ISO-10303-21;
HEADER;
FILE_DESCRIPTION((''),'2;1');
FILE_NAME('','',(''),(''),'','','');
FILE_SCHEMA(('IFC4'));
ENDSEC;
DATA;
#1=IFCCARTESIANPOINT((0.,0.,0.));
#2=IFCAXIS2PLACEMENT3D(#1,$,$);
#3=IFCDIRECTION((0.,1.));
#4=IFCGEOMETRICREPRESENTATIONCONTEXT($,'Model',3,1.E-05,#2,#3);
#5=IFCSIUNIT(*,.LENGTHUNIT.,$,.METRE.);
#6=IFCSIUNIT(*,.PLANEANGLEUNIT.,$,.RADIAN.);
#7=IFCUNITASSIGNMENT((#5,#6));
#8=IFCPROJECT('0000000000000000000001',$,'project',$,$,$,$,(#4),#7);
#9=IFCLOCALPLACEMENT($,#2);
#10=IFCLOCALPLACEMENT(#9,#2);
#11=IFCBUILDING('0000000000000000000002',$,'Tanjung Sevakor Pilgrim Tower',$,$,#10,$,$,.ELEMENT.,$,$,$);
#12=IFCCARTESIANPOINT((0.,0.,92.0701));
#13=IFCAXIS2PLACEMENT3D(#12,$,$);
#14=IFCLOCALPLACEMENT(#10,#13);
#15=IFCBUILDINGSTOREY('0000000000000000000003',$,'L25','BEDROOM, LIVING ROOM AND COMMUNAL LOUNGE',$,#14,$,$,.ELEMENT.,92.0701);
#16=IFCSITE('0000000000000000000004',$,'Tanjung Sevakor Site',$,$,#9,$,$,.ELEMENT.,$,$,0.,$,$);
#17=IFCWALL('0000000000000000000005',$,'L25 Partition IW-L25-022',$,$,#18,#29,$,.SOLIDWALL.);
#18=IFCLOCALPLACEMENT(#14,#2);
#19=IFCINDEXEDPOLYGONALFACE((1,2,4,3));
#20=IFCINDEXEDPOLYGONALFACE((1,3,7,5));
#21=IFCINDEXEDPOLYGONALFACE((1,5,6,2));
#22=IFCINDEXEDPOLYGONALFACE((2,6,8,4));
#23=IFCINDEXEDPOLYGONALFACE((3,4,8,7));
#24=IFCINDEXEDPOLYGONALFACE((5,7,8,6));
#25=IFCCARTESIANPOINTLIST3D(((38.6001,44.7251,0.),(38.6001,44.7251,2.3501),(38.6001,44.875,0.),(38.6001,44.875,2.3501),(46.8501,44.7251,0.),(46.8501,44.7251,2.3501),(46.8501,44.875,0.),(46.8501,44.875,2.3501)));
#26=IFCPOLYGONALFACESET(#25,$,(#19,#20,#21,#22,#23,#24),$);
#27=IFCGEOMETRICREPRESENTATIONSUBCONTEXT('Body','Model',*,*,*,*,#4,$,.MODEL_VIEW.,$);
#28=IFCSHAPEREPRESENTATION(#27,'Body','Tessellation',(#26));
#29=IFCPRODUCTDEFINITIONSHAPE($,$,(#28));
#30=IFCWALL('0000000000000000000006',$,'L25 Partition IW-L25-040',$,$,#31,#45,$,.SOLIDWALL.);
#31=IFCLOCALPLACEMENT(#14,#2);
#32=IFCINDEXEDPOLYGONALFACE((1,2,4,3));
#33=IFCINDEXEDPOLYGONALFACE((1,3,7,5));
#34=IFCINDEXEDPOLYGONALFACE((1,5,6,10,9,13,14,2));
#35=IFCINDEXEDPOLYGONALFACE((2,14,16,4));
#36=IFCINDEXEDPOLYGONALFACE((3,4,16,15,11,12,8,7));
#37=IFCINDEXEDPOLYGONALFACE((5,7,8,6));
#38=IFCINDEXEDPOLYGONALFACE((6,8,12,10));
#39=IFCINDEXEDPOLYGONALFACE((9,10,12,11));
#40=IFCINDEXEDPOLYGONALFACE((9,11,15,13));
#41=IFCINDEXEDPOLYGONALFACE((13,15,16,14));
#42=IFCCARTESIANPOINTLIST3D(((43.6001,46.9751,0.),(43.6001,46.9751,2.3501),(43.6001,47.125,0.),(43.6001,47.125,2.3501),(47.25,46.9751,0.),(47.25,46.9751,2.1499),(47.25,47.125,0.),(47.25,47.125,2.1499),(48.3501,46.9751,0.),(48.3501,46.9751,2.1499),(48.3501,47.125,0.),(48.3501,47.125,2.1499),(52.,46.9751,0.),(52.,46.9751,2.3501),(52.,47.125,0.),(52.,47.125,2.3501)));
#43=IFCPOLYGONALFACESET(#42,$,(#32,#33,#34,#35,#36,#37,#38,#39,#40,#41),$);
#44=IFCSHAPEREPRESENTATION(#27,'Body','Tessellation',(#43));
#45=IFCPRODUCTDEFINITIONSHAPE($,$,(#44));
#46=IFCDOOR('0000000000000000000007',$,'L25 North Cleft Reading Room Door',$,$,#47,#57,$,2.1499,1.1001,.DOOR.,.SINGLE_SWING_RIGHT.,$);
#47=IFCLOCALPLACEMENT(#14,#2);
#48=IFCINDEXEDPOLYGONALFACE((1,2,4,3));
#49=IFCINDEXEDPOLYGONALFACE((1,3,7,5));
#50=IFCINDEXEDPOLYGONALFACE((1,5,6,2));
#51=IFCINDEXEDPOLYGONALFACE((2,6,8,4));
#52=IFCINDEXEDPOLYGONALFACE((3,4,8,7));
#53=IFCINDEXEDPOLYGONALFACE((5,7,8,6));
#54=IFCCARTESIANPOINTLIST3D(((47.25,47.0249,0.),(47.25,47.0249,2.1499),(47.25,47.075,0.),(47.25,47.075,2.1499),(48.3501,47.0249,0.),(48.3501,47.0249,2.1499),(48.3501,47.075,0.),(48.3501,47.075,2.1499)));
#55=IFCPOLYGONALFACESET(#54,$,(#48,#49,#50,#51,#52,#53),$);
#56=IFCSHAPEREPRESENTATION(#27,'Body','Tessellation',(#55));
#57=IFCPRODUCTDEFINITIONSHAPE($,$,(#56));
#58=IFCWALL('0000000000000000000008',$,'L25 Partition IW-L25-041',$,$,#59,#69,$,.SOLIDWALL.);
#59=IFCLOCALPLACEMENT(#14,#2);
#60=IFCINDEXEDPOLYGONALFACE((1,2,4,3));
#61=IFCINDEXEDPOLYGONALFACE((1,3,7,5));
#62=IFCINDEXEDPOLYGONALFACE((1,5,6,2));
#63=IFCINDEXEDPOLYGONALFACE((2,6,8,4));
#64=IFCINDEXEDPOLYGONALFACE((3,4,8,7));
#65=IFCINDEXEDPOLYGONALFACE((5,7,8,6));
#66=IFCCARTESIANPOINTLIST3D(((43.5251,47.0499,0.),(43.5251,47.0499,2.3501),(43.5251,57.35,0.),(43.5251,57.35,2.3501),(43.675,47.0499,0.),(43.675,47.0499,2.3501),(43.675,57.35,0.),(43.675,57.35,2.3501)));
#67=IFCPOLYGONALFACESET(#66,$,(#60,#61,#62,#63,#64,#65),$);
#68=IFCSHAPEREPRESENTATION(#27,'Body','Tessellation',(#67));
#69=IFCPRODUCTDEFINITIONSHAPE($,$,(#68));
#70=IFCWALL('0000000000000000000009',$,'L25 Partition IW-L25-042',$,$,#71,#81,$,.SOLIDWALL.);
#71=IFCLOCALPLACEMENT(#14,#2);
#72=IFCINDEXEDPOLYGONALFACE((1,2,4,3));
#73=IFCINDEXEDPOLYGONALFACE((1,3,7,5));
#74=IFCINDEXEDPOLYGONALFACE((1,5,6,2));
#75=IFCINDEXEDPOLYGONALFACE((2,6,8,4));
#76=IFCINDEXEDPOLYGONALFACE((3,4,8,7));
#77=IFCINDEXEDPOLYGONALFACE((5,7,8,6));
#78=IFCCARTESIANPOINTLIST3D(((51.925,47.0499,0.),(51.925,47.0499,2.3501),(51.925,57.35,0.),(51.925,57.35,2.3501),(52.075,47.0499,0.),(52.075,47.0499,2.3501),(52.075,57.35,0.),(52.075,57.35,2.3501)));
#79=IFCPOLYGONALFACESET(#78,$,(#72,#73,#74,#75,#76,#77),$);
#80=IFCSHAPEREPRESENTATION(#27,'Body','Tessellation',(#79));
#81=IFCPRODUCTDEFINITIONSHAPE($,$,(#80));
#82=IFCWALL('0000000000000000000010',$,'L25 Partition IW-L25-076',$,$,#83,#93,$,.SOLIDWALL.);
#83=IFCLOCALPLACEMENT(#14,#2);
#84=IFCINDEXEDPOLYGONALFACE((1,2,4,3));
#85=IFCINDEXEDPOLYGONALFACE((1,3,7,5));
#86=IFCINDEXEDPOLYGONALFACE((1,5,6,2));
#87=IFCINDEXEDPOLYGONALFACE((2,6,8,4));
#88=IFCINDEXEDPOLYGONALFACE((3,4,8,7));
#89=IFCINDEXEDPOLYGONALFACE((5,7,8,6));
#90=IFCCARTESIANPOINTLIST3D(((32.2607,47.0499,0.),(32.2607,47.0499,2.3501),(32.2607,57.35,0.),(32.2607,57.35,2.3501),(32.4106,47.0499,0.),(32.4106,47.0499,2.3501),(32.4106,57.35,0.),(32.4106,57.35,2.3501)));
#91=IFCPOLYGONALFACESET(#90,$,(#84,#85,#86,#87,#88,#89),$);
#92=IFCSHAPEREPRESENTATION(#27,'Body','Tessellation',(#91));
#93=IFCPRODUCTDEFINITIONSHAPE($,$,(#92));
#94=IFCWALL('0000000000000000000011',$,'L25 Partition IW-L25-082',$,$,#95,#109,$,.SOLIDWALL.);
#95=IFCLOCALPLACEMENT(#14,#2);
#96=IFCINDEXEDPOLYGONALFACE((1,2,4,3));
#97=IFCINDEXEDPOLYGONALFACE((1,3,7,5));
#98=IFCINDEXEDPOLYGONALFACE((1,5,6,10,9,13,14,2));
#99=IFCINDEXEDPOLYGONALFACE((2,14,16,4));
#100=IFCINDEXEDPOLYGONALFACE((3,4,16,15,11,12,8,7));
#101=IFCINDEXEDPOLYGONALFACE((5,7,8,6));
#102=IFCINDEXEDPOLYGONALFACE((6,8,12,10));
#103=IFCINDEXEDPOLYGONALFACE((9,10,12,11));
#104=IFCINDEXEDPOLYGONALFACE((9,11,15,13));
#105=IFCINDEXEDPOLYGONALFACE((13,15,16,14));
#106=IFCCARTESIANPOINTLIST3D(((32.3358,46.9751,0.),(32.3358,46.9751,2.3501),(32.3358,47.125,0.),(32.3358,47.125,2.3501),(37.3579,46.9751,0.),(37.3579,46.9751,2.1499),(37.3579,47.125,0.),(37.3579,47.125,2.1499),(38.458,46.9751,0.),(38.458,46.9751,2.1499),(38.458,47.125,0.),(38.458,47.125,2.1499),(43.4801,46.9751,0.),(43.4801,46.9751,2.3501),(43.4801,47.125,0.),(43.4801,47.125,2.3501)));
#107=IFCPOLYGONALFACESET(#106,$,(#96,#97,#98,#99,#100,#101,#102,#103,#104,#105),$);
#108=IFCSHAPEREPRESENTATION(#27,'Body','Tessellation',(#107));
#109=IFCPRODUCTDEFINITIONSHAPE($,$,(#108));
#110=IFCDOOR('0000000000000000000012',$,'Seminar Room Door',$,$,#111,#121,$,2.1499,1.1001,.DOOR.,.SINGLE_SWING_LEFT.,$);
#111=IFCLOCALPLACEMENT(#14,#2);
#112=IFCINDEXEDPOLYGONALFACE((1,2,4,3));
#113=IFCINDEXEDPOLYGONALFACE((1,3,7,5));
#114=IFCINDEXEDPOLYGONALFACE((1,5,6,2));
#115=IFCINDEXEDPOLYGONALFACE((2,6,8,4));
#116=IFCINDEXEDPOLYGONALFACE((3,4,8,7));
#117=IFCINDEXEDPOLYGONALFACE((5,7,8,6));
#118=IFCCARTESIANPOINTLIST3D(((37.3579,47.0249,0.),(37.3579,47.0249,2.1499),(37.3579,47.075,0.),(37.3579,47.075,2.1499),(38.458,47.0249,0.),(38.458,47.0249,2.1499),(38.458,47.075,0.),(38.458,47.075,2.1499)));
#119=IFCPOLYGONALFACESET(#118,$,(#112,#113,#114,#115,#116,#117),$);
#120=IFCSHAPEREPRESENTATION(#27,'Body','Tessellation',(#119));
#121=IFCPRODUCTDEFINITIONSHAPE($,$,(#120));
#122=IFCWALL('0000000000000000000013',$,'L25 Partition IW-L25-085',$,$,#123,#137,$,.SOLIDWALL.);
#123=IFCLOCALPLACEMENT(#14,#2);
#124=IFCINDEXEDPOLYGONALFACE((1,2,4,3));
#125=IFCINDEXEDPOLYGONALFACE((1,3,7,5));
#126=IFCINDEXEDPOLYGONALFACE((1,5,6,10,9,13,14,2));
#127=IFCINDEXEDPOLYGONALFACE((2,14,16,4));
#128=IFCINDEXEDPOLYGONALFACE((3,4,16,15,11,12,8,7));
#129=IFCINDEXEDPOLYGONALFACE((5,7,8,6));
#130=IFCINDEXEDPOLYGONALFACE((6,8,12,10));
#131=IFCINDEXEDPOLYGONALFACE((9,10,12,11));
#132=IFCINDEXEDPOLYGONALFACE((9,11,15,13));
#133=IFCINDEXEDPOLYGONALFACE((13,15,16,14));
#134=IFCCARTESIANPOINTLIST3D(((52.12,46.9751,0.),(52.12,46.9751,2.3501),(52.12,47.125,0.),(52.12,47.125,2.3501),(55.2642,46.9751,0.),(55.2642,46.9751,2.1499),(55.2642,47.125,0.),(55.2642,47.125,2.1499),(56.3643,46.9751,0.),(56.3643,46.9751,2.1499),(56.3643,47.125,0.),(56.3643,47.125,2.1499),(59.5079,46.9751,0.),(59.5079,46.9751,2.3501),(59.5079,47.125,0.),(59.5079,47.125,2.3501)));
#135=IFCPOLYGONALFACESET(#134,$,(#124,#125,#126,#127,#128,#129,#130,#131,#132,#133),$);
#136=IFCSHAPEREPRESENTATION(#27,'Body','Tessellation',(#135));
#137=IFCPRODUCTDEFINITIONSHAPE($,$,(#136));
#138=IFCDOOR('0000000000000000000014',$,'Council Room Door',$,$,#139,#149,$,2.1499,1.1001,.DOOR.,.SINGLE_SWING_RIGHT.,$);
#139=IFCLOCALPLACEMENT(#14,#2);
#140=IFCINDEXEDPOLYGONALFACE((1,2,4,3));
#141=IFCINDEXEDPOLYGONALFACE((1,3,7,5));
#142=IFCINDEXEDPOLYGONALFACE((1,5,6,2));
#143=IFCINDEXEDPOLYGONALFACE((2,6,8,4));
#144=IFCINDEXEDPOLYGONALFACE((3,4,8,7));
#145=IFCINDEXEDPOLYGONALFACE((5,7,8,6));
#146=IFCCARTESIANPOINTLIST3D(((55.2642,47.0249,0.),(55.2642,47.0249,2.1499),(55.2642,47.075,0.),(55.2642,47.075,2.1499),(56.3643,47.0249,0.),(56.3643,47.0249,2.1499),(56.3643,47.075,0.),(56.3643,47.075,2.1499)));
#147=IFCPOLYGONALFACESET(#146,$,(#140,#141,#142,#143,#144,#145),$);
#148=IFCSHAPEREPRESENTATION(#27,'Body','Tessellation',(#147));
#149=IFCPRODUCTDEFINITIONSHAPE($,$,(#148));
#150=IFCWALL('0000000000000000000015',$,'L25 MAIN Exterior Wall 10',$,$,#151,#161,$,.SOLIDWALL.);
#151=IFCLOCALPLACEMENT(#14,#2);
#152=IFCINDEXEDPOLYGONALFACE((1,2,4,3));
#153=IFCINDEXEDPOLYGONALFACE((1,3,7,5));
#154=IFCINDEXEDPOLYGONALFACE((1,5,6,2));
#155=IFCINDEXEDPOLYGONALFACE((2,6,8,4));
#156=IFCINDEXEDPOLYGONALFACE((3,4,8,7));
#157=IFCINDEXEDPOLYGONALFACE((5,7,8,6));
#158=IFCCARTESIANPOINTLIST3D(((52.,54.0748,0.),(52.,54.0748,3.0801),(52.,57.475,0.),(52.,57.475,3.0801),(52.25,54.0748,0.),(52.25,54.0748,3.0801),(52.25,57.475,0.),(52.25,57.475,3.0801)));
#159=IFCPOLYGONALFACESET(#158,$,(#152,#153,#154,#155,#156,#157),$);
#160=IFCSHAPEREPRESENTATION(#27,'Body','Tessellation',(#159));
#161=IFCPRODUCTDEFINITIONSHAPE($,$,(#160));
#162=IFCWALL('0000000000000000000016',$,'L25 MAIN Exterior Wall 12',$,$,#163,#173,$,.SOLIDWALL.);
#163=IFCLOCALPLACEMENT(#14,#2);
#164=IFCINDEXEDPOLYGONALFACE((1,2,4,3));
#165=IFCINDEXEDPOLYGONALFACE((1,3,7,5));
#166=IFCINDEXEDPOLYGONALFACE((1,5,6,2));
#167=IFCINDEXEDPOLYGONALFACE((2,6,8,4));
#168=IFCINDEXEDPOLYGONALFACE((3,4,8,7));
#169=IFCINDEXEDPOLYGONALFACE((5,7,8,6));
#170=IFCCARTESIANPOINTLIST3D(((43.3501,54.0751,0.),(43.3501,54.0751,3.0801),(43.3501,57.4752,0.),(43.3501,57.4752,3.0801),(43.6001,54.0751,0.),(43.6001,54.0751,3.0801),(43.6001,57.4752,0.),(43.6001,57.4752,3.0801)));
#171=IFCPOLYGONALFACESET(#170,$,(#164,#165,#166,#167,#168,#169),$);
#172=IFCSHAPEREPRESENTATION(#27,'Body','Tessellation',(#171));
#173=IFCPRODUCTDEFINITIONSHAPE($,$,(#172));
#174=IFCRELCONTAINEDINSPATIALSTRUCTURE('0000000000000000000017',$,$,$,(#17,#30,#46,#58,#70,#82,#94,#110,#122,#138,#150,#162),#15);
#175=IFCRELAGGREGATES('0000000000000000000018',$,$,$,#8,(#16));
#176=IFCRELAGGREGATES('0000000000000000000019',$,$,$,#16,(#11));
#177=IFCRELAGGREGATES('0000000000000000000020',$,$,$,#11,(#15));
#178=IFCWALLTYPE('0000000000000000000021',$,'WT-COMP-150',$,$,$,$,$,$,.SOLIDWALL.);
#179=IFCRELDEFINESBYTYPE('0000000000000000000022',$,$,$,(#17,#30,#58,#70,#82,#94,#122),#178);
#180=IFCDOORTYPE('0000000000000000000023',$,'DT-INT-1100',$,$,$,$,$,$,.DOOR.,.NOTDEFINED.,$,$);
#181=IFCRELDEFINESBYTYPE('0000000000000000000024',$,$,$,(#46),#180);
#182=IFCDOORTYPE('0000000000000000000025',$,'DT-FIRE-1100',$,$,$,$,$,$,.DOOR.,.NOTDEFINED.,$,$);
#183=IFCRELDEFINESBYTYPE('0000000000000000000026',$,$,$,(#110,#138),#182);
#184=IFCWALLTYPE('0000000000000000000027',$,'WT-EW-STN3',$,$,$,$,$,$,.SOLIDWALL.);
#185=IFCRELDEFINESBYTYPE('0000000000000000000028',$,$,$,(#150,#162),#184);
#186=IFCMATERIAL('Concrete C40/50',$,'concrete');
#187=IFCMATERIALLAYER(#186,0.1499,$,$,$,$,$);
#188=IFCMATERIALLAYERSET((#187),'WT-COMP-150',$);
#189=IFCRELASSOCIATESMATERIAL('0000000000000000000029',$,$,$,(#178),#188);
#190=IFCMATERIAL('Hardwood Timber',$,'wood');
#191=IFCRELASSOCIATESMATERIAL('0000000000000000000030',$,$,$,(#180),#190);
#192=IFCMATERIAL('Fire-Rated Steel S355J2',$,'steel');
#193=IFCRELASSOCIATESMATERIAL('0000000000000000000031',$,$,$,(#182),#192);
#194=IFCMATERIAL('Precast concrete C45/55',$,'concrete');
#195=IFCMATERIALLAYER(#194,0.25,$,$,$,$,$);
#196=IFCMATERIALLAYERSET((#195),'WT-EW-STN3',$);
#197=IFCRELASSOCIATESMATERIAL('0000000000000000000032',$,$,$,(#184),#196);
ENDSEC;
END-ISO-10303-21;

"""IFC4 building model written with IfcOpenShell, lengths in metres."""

from ifc_helpers import new_model, si_unit, direction, frame, frame_2d, origin, place, context, subcontext, project, spatial, rectangle, extrude, material, layer, layer_set, type_object, element, fill, save


model = new_model("IFC4")

# Units and contexts
model_context = context("Model", 3, precision=1e-05, world=origin(), true_north=direction((0.0, 1.0)))
body_context = subcontext(model_context, "Body", "Model", "MODEL_VIEW")
ifc_project = project(units=[si_unit("LENGTHUNIT", "METRE"), si_unit("PLANEANGLEUNIT", "RADIAN")], contexts=[model_context])

# Site, building, storey
site_placement = place(None, origin())
site = spatial("IfcSite", under=ifc_project, at=site_placement, Name="Tanjung Sevakor Site", CompositionType="ELEMENT", RefElevation=0.0)
building_placement = place(site_placement, origin())
building = spatial("IfcBuilding", under=site, at=building_placement, Name="Tanjung Sevakor Pilgrim Tower", CompositionType="ELEMENT")
storey_placement = place(building_placement, frame((0.0, 0.0, 92.0701)))
storey = spatial("IfcBuildingStorey", under=building, at=storey_placement, Name="L25", Description="BEDROOM, LIVING ROOM AND COMMUNAL LOUNGE", CompositionType="ELEMENT", Elevation=92.0701)

# Wall
ifc_material_1 = material(Name="Concrete C40/50", Category="concrete")
ifc_layer_1 = layer(ifc_material_1, 0.1499)
ifc_layer_set_1 = layer_set([ifc_layer_1], Name="WT-COMP-150")
wall_type_1 = type_object("IfcWallType", Name="WT-COMP-150", PredefinedType="SOLIDWALL", material=ifc_layer_set_1)
wall_1_placement = place(storey_placement, frame((38.6001, 44.8, 0.0), z_axis=(0.0, 0.0, 1.0), x_axis=(1.0, 0.0, 0.0)))
element("IfcWall", 1, at=wall_1_placement, inside=storey, type_object=wall_type_1, Name="L25 Partition IW-L25-022", PredefinedType="SOLIDWALL", context=body_context, shape_type="SweptSolid", body=[
    extrude(rectangle(XDim=8.25, YDim=0.1499, at=frame_2d((4.125, 0.0))), origin(), (0.0, 0.0, 1.0), 2.3501),
])

# Wall, opening, door
wall_2_placement = place(storey_placement, frame((43.6001, 47.05, 0.0), z_axis=(0.0, 0.0, 1.0), x_axis=(1.0, 0.0, 0.0)))
wall_2 = element("IfcWall", 2, at=wall_2_placement, inside=storey, type_object=wall_type_1, Name="L25 Partition IW-L25-040", PredefinedType="SOLIDWALL", context=body_context, shape_type="SweptSolid", body=[
    extrude(rectangle(XDim=8.3999, YDim=0.1499, at=frame_2d((4.2, 0.0))), origin(), (0.0, 0.0, 1.0), 2.3501),
])
opening_1_placement = place(wall_2_placement, frame((3.6499, 0.0, 0.0)))
opening_1 = element("IfcOpeningElement", 3, at=opening_1_placement, cuts=wall_2, PredefinedType="OPENING", context=body_context, shape_type="SweptSolid", body=[
    extrude(rectangle(XDim=1.1001, YDim=2.1499, at=frame_2d((0.55, 1.075))), frame((0.0, 0.085, 0.0), z_axis=(0.0, -1.0, 0.0), x_axis=(1.0, 0.0, 0.0)), (0.0, 0.0, 1.0), 0.1699),
])
ifc_material_2 = material(Name="Hardwood Timber", Category="wood")
door_type_1 = type_object("IfcDoorType", Name="DT-INT-1100", OperationType="NOTDEFINED", PredefinedType="DOOR", material=ifc_material_2)
door_1_placement = place(opening_1_placement, origin())
door_1 = element("IfcDoor", 4, at=door_1_placement, inside=storey, type_object=door_type_1, Name="L25 North Cleft Reading Room Door", OperationType="SINGLE_SWING_RIGHT", OverallHeight=2.1499, OverallWidth=1.1001, PredefinedType="DOOR", context=body_context, shape_type="SweptSolid", body=[
    extrude(rectangle(XDim=1.1001, YDim=2.1499, at=frame_2d((0.55, 1.075))), frame((0.0, 0.0249, 0.0), z_axis=(0.0, -1.0, 0.0), x_axis=(1.0, 0.0, 0.0)), (0.0, 0.0, 1.0), 0.05),
])
fill(opening_1, door_1)

# Walls
for number, where, z_axis, x_axis, name in (
    (5, (43.6001, 47.05, 0.0), (0.0, 0.0, 1.0), (0.0, 1.0, 0.0), "L25 Partition IW-L25-041"),
    (6, (52.0, 47.05, 0.0), (0.0, 0.0, 1.0), (0.0, 1.0, 0.0), "L25 Partition IW-L25-042"),
    (7, (32.3357, 47.05, 0.0), (0.0, 0.0, 1.0), (0.0, 1.0, 0.0), "L25 Partition IW-L25-076"),
):
    element("IfcWall", number, at=place(storey_placement, frame(where, z_axis=z_axis, x_axis=x_axis)), inside=storey, type_object=wall_type_1, Name=name, PredefinedType="SOLIDWALL", context=body_context, shape_type="SweptSolid", body=[
        extrude(rectangle(XDim=10.3, YDim=0.1499, at=frame_2d((5.1499, 0.0))), origin(), (0.0, 0.0, 1.0), 2.3501),
    ])

# Walls, openings, doors
wall_3_placement = place(storey_placement, frame((32.3357, 47.05, 0.0), z_axis=(0.0, 0.0, 1.0), x_axis=(1.0, 0.0, 0.0)))
wall_3 = element("IfcWall", 8, at=wall_3_placement, inside=storey, type_object=wall_type_1, Name="L25 Partition IW-L25-082", PredefinedType="SOLIDWALL", context=body_context, shape_type="SweptSolid", body=[
    extrude(rectangle(XDim=11.1443, YDim=0.1499, at=frame_2d((5.5723, 0.0))), origin(), (0.0, 0.0, 1.0), 2.3501),
])
opening_2_placement = place(wall_3_placement, frame((5.0222, 0.0, 0.0)))
opening_2 = element("IfcOpeningElement", 9, at=opening_2_placement, cuts=wall_3, PredefinedType="OPENING", context=body_context, shape_type="SweptSolid", body=[
    extrude(rectangle(XDim=1.1001, YDim=2.1499, at=frame_2d((0.55, 1.075))), frame((0.0, 0.085, 0.0), z_axis=(0.0, -1.0, 0.0), x_axis=(1.0, 0.0, 0.0)), (0.0, 0.0, 1.0), 0.1699),
])
ifc_material_3 = material(Name="Fire-Rated Steel S355J2", Category="steel")
door_type_2 = type_object("IfcDoorType", Name="DT-FIRE-1100", OperationType="NOTDEFINED", PredefinedType="DOOR", material=ifc_material_3)
door_2_placement = place(opening_2_placement, origin())
door_2 = element("IfcDoor", 10, at=door_2_placement, inside=storey, type_object=door_type_2, Name="Seminar Room Door", OperationType="SINGLE_SWING_LEFT", OverallHeight=2.1499, OverallWidth=1.1001, PredefinedType="DOOR", context=body_context, shape_type="SweptSolid", body=[
    extrude(rectangle(XDim=1.1001, YDim=2.1499, at=frame_2d((0.55, 1.075))), frame((0.0, 0.0249, 0.0), z_axis=(0.0, -1.0, 0.0), x_axis=(1.0, 0.0, 0.0)), (0.0, 0.0, 1.0), 0.05),
])
fill(opening_2, door_2)
wall_4_placement = place(storey_placement, frame((52.1201, 47.05, 0.0), z_axis=(0.0, 0.0, 1.0), x_axis=(1.0, 0.0, 0.0)))
wall_4 = element("IfcWall", 11, at=wall_4_placement, inside=storey, type_object=wall_type_1, Name="L25 Partition IW-L25-085", PredefinedType="SOLIDWALL", context=body_context, shape_type="SweptSolid", body=[
    extrude(rectangle(XDim=7.3879, YDim=0.1499, at=frame_2d((3.6938, 0.0))), origin(), (0.0, 0.0, 1.0), 2.3501),
])
opening_3_placement = place(wall_4_placement, frame((3.144, 0.0, 0.0)))
opening_3 = element("IfcOpeningElement", 12, at=opening_3_placement, cuts=wall_4, PredefinedType="OPENING", context=body_context, shape_type="SweptSolid", body=[
    extrude(rectangle(XDim=1.1001, YDim=2.1499, at=frame_2d((0.55, 1.075))), frame((0.0, 0.085, 0.0), z_axis=(0.0, -1.0, 0.0), x_axis=(1.0, 0.0, 0.0)), (0.0, 0.0, 1.0), 0.1699),
])
door_3_placement = place(opening_3_placement, origin())
door_3 = element("IfcDoor", 13, at=door_3_placement, inside=storey, type_object=door_type_2, Name="Council Room Door", OperationType="SINGLE_SWING_RIGHT", OverallHeight=2.1499, OverallWidth=1.1001, PredefinedType="DOOR", context=body_context, shape_type="SweptSolid", body=[
    extrude(rectangle(XDim=1.1001, YDim=2.1499, at=frame_2d((0.55, 1.075))), frame((0.0, 0.0249, 0.0), z_axis=(0.0, -1.0, 0.0), x_axis=(1.0, 0.0, 0.0)), (0.0, 0.0, 1.0), 0.05),
])
fill(opening_3, door_3)

# Walls
ifc_material_4 = material(Name="Precast concrete C45/55", Category="concrete")
ifc_layer_2 = layer(ifc_material_4, 0.25)
ifc_layer_set_2 = layer_set([ifc_layer_2], Name="WT-EW-STN3")
wall_type_2 = type_object("IfcWallType", Name="WT-EW-STN3", PredefinedType="SOLIDWALL", material=ifc_layer_set_2)
for number, where, z_axis, x_axis, name in (
    (14, (52.125, 57.4751, 0.0), (0.0, 0.0, 1.0), (0.0, -1.0, 0.0), "L25 MAIN Exterior Wall 10"),
    (15, (43.4751, 54.075, 0.0), (0.0, 0.0, 1.0), (0.0, 1.0, 0.0), "L25 MAIN Exterior Wall 12"),
):
    element("IfcWall", number, at=place(storey_placement, frame(where, z_axis=z_axis, x_axis=x_axis)), inside=storey, type_object=wall_type_2, Name=name, PredefinedType="SOLIDWALL", context=body_context, shape_type="SweptSolid", body=[
        extrude(rectangle(XDim=3.4001, YDim=0.25, at=frame_2d((1.7002, 0.0))), origin(), (0.0, 0.0, 1.0), 3.0801),
    ])

save(model, "model.ifc")
